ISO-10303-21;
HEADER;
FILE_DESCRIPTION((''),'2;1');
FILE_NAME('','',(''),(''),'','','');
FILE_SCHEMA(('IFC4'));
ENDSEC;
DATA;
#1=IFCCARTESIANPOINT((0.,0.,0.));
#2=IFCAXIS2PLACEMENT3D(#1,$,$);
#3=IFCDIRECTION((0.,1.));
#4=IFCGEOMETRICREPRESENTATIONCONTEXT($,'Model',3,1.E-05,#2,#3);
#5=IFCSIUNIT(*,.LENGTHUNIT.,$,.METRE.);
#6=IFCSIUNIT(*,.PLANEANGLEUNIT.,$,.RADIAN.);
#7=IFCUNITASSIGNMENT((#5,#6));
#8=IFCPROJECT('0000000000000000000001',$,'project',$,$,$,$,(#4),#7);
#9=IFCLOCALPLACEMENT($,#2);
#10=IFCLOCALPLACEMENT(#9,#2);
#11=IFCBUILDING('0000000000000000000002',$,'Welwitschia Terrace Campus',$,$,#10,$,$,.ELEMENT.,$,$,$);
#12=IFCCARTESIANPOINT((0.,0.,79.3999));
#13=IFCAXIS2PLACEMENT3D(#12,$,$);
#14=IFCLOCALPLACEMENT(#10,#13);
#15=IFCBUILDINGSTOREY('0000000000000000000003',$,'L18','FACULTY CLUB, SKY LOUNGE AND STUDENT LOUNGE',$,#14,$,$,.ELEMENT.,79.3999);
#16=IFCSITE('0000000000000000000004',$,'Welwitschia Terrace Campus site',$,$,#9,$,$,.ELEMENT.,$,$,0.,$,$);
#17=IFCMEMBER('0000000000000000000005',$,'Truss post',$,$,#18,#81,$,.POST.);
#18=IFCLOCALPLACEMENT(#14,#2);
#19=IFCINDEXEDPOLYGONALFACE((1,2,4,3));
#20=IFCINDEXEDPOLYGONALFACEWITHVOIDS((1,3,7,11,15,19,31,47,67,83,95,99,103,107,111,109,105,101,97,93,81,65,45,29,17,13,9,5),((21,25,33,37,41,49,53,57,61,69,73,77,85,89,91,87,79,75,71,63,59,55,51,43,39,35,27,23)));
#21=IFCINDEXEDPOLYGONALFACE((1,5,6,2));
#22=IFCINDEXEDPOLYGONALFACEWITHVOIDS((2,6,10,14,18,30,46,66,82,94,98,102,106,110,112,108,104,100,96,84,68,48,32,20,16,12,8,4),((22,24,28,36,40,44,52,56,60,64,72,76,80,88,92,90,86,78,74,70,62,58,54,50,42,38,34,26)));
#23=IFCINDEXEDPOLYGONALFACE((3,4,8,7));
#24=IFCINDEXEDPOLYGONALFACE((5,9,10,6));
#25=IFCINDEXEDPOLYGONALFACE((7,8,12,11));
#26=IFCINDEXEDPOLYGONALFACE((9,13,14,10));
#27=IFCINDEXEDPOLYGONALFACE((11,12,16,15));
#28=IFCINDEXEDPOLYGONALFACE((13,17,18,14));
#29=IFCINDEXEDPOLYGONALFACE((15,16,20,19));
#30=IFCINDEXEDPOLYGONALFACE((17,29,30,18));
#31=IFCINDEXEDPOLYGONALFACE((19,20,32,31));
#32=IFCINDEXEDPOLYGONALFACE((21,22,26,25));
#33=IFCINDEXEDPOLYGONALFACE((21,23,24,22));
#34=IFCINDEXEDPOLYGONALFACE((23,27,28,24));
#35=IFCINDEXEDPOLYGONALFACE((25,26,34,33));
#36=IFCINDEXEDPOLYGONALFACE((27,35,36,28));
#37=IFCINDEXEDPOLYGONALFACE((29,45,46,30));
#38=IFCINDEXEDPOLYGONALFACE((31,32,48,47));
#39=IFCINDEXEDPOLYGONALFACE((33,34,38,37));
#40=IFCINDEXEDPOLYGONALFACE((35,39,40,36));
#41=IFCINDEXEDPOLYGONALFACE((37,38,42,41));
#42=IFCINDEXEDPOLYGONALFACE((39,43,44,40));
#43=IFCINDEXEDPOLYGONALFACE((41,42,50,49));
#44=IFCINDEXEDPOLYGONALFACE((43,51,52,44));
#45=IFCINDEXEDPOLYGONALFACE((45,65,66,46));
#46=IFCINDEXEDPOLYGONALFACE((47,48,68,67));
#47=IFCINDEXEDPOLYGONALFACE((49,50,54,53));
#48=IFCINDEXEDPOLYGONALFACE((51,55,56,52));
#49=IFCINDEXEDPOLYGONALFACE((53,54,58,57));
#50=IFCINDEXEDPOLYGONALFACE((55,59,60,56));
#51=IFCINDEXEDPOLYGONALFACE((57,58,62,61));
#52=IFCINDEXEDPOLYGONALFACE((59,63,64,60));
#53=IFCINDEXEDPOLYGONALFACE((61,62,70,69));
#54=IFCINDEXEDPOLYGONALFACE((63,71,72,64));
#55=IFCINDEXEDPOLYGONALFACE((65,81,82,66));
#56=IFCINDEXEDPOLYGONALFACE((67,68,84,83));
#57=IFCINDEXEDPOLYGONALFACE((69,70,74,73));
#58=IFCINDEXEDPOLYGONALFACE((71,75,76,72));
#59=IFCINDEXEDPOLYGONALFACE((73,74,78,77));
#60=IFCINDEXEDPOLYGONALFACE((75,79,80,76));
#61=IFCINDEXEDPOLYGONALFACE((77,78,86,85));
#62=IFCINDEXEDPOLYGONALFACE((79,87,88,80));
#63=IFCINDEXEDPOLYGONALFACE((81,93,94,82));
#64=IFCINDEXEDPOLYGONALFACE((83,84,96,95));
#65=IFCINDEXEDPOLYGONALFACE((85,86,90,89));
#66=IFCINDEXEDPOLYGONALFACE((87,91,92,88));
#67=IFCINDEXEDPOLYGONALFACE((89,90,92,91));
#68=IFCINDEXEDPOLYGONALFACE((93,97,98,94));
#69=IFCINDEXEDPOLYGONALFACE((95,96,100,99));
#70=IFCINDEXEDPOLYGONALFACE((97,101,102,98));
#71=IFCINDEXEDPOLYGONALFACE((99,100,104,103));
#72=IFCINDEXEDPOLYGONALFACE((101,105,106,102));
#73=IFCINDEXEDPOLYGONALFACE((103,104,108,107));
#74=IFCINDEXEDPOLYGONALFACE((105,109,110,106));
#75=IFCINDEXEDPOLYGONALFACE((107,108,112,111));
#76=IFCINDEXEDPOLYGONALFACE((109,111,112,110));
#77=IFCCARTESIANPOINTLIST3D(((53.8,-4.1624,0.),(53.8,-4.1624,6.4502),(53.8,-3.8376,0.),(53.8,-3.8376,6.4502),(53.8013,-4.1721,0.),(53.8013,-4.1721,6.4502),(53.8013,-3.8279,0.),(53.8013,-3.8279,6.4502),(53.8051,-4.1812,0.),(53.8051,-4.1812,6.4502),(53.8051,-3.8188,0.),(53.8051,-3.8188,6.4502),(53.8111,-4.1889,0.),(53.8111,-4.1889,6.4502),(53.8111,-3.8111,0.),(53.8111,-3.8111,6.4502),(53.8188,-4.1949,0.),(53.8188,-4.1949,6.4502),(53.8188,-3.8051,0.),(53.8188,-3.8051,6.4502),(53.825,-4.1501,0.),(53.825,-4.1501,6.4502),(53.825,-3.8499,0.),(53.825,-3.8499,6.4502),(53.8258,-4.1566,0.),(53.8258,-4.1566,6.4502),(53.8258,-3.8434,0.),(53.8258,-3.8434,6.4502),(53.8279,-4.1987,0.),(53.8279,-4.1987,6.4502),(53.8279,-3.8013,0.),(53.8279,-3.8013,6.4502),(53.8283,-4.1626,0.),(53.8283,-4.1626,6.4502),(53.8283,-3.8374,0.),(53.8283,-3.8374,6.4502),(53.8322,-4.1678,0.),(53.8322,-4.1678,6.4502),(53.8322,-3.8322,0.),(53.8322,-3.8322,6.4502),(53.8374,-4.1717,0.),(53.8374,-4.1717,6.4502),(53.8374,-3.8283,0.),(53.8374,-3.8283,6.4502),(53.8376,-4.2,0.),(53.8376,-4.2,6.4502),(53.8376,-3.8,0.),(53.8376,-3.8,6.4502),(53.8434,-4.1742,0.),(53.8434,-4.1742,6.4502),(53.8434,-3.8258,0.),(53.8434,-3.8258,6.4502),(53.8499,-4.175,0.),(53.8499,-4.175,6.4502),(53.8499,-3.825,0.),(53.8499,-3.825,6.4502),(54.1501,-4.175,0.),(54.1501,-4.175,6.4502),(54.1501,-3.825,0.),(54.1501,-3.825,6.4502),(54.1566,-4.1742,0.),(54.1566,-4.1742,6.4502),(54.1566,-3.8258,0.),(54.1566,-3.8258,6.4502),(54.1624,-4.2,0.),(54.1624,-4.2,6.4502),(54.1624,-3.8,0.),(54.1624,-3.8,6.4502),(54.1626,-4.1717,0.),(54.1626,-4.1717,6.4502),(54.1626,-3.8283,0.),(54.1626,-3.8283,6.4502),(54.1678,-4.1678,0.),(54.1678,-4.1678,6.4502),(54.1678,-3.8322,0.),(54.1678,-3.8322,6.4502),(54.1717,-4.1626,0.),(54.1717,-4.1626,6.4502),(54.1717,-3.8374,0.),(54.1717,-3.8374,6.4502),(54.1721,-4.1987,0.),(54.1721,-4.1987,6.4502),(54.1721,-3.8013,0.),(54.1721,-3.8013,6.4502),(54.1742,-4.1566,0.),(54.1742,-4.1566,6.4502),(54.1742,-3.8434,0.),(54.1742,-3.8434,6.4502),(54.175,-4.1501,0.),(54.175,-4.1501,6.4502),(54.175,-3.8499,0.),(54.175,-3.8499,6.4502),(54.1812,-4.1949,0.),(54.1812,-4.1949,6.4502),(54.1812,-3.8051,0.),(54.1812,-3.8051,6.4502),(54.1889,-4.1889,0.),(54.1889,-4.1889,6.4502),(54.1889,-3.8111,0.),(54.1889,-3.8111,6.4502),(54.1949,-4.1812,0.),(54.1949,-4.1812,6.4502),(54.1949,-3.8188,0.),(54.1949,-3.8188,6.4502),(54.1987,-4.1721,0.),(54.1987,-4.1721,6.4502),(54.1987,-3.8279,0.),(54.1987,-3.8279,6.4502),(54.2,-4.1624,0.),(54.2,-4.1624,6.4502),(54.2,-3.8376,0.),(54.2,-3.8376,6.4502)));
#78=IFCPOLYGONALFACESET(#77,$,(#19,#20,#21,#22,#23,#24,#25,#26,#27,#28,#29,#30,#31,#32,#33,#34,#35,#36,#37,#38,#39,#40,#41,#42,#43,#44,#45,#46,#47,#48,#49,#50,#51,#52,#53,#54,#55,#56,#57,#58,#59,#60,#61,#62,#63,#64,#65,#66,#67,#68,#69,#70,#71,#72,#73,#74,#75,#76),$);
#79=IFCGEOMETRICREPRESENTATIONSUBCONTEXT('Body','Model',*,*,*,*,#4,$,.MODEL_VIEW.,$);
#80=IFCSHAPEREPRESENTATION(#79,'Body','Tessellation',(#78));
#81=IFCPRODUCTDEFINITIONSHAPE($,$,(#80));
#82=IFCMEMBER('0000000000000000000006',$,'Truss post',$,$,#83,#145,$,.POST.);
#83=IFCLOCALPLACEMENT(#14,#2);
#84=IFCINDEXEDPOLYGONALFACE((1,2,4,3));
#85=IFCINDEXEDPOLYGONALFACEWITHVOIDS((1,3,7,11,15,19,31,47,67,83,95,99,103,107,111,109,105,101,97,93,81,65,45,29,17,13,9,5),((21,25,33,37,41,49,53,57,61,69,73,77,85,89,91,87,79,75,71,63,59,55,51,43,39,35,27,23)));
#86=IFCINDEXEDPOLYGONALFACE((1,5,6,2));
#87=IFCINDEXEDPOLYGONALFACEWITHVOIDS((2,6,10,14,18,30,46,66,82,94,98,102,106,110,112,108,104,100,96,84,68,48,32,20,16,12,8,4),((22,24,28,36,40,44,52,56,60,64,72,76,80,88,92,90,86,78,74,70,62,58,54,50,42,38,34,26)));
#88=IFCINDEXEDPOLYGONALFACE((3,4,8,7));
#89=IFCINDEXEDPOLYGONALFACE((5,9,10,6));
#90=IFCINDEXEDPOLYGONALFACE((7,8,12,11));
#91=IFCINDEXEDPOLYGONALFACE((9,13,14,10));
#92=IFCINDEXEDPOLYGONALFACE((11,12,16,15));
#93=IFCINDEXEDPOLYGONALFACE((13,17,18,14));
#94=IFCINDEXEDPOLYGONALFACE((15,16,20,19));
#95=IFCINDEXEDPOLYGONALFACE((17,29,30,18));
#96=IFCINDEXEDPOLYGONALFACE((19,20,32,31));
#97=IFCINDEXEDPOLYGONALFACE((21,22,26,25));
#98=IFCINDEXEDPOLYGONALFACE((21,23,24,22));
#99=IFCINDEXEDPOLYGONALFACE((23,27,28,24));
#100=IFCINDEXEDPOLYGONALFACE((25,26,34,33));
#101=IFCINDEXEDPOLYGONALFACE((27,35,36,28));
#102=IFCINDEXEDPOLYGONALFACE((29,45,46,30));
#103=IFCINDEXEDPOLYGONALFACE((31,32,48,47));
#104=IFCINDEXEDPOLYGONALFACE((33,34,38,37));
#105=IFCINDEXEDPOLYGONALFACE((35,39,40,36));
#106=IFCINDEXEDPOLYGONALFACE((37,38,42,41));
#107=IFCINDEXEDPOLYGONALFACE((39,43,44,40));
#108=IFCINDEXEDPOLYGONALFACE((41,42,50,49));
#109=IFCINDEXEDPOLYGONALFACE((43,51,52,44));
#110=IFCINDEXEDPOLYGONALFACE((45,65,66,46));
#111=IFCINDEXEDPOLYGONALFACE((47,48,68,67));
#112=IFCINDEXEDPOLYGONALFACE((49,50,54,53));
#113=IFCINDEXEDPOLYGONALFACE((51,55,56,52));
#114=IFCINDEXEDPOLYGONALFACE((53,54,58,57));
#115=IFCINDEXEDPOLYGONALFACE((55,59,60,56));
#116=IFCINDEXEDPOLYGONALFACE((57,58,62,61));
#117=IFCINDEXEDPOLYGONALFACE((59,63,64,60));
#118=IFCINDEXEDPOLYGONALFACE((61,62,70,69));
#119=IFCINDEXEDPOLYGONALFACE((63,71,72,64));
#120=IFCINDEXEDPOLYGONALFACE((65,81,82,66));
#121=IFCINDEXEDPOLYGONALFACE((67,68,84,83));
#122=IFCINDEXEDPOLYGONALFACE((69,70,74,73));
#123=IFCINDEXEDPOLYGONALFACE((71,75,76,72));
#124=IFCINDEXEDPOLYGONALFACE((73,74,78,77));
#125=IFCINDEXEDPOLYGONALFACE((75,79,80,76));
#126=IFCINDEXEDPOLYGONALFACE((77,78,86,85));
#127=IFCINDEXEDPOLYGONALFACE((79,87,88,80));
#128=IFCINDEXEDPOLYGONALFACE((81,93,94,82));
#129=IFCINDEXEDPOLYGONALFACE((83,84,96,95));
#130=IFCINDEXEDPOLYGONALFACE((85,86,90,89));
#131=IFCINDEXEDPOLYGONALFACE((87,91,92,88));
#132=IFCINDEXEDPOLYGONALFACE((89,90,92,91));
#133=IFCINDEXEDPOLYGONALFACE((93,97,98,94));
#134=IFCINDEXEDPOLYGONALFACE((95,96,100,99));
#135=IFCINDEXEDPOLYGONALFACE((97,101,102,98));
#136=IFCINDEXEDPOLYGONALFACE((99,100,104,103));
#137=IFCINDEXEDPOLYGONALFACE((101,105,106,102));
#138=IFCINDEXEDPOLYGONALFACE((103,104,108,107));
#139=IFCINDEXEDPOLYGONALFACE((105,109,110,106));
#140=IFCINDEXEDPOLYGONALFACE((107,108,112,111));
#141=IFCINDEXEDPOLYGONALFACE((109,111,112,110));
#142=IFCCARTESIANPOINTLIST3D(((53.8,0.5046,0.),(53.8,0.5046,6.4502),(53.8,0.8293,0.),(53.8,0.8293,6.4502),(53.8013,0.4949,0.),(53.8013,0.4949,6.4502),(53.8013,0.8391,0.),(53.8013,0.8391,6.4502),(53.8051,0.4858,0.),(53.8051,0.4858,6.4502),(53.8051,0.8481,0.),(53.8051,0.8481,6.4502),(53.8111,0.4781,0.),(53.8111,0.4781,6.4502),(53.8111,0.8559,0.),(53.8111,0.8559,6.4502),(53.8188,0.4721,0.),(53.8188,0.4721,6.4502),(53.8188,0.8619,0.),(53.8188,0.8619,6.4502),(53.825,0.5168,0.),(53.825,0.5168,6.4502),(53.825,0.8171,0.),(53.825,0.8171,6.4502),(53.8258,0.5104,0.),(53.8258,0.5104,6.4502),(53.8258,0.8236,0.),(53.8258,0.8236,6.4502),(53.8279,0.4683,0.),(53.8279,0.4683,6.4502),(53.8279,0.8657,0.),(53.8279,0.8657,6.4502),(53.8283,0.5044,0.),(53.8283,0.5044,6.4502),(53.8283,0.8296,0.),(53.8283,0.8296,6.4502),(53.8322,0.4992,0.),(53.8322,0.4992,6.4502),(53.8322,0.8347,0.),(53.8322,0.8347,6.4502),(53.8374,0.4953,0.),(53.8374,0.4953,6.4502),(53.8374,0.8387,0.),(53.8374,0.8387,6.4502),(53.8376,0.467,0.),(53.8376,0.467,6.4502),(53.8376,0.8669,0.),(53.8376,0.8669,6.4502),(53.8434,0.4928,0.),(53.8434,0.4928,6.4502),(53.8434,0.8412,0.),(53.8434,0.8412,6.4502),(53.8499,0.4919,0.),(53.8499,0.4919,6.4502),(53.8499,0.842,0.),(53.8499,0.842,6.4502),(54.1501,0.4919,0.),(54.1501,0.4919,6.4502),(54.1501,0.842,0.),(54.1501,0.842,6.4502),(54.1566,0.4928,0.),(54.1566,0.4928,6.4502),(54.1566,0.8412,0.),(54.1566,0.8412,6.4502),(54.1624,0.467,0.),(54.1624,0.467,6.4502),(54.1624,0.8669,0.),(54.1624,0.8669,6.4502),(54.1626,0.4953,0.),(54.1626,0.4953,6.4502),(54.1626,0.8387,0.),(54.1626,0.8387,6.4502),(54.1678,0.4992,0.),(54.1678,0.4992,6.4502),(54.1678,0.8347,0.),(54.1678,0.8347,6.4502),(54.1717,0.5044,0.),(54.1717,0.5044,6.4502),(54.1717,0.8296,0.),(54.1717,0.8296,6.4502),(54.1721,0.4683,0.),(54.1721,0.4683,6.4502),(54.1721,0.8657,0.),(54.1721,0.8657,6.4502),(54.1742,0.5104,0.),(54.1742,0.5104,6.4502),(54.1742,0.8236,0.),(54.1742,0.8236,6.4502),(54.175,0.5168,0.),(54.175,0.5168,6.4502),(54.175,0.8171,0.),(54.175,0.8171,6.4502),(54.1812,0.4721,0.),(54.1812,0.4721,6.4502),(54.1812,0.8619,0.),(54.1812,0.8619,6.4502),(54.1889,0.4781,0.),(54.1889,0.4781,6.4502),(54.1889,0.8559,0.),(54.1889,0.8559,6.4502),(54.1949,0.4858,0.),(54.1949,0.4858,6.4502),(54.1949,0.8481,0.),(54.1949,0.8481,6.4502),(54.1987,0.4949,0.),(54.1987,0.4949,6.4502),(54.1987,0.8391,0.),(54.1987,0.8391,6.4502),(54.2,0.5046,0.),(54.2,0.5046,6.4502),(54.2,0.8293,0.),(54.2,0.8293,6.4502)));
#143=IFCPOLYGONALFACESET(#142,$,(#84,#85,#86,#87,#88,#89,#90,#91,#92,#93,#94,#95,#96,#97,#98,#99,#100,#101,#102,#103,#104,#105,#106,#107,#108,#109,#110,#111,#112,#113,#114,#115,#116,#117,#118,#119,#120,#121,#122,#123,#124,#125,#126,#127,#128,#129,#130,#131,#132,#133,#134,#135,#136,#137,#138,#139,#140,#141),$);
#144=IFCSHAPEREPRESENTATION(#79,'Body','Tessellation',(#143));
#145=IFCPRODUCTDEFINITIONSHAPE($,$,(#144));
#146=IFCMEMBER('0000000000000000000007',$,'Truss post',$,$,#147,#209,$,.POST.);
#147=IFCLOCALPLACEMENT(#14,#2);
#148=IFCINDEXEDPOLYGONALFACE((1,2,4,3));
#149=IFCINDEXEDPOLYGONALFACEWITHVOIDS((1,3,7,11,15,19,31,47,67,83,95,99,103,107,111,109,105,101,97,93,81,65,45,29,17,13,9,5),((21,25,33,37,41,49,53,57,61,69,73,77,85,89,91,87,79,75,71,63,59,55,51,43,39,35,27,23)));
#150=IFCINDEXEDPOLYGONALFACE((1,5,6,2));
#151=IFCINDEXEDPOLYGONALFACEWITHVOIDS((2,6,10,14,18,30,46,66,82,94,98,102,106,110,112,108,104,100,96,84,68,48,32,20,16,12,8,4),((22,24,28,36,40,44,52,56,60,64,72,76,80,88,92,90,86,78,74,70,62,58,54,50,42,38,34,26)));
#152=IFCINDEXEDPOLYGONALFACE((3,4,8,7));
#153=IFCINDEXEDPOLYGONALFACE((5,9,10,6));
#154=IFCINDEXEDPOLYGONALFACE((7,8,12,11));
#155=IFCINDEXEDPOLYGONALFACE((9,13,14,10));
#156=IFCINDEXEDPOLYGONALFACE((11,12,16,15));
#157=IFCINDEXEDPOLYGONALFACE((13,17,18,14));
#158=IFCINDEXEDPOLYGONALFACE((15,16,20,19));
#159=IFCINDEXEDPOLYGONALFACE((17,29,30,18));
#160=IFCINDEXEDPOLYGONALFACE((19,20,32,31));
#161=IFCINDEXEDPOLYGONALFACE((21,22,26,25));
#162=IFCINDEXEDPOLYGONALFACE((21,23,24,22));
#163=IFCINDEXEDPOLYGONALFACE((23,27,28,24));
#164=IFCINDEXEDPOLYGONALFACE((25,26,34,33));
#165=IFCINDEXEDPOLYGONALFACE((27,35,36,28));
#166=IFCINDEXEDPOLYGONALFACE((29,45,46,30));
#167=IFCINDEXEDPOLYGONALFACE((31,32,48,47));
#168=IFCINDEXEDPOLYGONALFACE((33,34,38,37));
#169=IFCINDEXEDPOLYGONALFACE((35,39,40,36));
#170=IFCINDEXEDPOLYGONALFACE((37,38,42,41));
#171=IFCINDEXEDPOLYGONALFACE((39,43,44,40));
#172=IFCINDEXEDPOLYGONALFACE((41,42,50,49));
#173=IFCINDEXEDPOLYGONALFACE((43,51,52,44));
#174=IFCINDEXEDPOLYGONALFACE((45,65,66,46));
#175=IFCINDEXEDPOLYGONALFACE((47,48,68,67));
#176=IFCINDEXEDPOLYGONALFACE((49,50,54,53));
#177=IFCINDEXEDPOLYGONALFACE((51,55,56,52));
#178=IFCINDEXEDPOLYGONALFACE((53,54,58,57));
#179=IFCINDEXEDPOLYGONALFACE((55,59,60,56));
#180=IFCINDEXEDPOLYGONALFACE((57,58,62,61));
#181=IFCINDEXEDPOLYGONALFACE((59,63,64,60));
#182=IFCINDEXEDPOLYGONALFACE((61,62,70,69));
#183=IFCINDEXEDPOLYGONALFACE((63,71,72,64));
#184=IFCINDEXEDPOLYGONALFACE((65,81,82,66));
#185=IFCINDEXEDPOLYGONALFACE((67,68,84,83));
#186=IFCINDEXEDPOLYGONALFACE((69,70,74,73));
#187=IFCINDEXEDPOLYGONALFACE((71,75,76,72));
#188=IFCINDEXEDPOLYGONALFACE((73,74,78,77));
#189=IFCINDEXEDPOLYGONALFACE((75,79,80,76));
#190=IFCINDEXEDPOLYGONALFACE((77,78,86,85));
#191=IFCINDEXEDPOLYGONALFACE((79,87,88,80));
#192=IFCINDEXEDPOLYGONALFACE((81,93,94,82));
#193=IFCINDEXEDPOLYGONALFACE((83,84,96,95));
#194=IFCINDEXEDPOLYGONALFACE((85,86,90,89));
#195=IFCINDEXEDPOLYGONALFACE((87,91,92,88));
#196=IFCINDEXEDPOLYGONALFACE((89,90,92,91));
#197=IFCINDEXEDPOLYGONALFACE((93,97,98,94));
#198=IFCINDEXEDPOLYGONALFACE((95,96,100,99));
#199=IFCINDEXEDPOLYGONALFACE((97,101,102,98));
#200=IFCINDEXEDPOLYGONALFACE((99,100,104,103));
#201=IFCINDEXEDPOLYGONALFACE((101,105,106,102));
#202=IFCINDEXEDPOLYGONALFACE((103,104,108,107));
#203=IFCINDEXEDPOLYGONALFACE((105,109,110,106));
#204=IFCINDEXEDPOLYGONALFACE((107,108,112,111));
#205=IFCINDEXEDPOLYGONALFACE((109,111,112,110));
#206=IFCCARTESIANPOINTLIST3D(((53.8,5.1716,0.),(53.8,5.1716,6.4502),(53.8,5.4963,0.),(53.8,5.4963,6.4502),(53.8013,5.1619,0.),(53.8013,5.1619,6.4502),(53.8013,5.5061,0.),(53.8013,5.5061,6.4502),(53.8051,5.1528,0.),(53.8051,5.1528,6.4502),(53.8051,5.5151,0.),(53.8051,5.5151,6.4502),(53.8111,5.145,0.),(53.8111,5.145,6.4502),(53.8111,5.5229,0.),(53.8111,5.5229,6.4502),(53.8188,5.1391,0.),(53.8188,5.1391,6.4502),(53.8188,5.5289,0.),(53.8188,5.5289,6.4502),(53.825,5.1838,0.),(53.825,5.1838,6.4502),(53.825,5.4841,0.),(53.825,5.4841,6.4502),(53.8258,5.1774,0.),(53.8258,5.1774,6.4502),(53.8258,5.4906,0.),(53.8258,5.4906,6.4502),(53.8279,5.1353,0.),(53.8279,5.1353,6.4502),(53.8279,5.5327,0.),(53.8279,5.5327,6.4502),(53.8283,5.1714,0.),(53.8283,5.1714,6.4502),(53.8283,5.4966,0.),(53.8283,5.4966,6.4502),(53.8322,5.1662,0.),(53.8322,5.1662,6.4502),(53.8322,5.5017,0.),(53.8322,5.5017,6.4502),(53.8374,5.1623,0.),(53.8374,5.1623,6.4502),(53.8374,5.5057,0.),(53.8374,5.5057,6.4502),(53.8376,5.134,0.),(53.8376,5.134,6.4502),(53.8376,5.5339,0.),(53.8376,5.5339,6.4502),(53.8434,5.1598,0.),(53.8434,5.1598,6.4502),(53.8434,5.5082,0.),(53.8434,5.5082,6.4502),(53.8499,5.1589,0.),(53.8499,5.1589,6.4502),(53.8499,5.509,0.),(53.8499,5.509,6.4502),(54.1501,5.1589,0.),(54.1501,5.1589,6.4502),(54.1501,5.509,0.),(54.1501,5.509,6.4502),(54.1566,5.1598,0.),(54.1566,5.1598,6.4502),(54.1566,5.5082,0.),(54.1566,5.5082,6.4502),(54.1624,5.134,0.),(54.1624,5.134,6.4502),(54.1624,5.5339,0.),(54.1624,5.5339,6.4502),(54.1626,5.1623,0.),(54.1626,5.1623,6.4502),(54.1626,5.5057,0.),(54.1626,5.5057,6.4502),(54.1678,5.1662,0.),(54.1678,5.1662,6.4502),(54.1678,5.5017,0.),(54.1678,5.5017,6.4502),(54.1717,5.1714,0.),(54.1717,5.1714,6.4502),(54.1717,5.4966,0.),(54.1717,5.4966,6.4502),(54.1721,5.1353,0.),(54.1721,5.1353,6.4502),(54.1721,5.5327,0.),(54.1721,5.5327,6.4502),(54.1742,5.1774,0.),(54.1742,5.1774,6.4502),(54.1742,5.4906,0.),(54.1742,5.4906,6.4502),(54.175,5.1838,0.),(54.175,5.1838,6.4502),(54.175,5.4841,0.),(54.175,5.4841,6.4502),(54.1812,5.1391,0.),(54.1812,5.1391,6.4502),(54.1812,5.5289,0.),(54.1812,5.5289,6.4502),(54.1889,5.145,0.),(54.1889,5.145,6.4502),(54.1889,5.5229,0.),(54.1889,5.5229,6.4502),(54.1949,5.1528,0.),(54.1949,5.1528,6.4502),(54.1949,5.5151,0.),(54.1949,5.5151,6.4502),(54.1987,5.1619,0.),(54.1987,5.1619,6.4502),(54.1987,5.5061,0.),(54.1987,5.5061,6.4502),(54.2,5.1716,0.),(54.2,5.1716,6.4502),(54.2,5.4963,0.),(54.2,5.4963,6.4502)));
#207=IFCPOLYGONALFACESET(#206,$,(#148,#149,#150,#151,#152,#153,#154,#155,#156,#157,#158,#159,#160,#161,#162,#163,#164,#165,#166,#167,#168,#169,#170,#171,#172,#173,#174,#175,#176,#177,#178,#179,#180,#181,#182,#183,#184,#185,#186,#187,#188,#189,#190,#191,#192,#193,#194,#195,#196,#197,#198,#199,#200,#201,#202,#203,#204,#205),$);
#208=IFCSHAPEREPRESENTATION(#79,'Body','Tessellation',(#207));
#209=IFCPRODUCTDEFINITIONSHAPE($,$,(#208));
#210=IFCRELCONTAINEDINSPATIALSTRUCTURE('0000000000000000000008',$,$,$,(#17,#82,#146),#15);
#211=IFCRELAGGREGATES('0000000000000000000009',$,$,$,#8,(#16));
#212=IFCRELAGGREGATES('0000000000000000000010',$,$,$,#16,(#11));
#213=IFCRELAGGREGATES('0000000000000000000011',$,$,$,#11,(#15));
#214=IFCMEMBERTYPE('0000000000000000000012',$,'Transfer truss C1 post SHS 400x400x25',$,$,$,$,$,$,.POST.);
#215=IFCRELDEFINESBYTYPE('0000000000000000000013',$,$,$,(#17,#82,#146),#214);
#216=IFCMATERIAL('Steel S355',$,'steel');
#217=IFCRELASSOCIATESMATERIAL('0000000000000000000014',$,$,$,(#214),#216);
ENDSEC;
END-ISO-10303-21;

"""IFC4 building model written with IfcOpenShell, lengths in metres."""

from ifc_helpers import new_model, si_unit, direction, frame, origin, origin_2d, place, context, subcontext, project, spatial, hollow_rectangle, extrude, material, material_profile, profile_set, type_object, element, save


model = new_model("IFC4")

# Units and contexts
model_context = context("Model", 3, precision=1e-05, world=origin(), true_north=direction((0.0, 1.0)))
body_context = subcontext(model_context, "Body", "Model", "MODEL_VIEW")
ifc_project = project(units=[si_unit("LENGTHUNIT", "METRE"), si_unit("PLANEANGLEUNIT", "RADIAN")], contexts=[model_context])

# Site, building, storey
site_placement = place(None, origin())
site = spatial("IfcSite", under=ifc_project, at=site_placement, Name="Welwitschia Terrace Campus site", CompositionType="ELEMENT", RefElevation=0.0)
building_placement = place(site_placement, origin())
building = spatial("IfcBuilding", under=site, at=building_placement, Name="Welwitschia Terrace Campus", CompositionType="ELEMENT")
storey_placement = place(building_placement, frame((0.0, 0.0, 79.3999)))
storey = spatial("IfcBuildingStorey", under=building, at=storey_placement, Name="L18", Description="FACULTY CLUB, SKY LOUNGE AND STUDENT LOUNGE", CompositionType="ELEMENT", Elevation=79.3999)

# Members
ifc_material_1 = material(Name="Steel S355", Category="steel")
ifc_material_profile_1 = material_profile(ifc_material_1, hollow_rectangle(XDim=0.3999, YDim=0.3999, WallThickness=0.0249, InnerFilletRadius=0.0249, OuterFilletRadius=0.0376, at=origin_2d()))
ifc_profile_set_1 = profile_set([ifc_material_profile_1], Name="Steel S355")
member_type_1 = type_object("IfcMemberType", Name="Transfer truss C1 post SHS 400x400x25", PredefinedType="POST", material=ifc_profile_set_1)
for number, where, z_axis, x_axis, name in (
    (1, (54.0, -4.0, 0.0), (0.0, 0.0, 1.0), (1.0, 0.0, 0.0), "Truss post"),
    (2, (54.0, 0.667, 0.0), (0.0, 0.0, 1.0), (1.0, 0.0, 0.0), "Truss post"),
    (3, (54.0, 5.334, 0.0), (0.0, 0.0, 1.0), (1.0, 0.0, 0.0), "Truss post"),
):
    element("IfcMember", number, at=place(storey_placement, frame(where, z_axis=z_axis, x_axis=x_axis)), inside=storey, type_object=member_type_1, Name=name, PredefinedType="POST", context=body_context, shape_type="SweptSolid", body=[
        extrude(hollow_rectangle(XDim=0.3999, YDim=0.3999, WallThickness=0.0249, InnerFilletRadius=0.0249, OuterFilletRadius=0.0376, at=origin_2d()), origin(), (0.0, 0.0, 1.0), 6.4502),
    ])

save(model, "model.ifc")
